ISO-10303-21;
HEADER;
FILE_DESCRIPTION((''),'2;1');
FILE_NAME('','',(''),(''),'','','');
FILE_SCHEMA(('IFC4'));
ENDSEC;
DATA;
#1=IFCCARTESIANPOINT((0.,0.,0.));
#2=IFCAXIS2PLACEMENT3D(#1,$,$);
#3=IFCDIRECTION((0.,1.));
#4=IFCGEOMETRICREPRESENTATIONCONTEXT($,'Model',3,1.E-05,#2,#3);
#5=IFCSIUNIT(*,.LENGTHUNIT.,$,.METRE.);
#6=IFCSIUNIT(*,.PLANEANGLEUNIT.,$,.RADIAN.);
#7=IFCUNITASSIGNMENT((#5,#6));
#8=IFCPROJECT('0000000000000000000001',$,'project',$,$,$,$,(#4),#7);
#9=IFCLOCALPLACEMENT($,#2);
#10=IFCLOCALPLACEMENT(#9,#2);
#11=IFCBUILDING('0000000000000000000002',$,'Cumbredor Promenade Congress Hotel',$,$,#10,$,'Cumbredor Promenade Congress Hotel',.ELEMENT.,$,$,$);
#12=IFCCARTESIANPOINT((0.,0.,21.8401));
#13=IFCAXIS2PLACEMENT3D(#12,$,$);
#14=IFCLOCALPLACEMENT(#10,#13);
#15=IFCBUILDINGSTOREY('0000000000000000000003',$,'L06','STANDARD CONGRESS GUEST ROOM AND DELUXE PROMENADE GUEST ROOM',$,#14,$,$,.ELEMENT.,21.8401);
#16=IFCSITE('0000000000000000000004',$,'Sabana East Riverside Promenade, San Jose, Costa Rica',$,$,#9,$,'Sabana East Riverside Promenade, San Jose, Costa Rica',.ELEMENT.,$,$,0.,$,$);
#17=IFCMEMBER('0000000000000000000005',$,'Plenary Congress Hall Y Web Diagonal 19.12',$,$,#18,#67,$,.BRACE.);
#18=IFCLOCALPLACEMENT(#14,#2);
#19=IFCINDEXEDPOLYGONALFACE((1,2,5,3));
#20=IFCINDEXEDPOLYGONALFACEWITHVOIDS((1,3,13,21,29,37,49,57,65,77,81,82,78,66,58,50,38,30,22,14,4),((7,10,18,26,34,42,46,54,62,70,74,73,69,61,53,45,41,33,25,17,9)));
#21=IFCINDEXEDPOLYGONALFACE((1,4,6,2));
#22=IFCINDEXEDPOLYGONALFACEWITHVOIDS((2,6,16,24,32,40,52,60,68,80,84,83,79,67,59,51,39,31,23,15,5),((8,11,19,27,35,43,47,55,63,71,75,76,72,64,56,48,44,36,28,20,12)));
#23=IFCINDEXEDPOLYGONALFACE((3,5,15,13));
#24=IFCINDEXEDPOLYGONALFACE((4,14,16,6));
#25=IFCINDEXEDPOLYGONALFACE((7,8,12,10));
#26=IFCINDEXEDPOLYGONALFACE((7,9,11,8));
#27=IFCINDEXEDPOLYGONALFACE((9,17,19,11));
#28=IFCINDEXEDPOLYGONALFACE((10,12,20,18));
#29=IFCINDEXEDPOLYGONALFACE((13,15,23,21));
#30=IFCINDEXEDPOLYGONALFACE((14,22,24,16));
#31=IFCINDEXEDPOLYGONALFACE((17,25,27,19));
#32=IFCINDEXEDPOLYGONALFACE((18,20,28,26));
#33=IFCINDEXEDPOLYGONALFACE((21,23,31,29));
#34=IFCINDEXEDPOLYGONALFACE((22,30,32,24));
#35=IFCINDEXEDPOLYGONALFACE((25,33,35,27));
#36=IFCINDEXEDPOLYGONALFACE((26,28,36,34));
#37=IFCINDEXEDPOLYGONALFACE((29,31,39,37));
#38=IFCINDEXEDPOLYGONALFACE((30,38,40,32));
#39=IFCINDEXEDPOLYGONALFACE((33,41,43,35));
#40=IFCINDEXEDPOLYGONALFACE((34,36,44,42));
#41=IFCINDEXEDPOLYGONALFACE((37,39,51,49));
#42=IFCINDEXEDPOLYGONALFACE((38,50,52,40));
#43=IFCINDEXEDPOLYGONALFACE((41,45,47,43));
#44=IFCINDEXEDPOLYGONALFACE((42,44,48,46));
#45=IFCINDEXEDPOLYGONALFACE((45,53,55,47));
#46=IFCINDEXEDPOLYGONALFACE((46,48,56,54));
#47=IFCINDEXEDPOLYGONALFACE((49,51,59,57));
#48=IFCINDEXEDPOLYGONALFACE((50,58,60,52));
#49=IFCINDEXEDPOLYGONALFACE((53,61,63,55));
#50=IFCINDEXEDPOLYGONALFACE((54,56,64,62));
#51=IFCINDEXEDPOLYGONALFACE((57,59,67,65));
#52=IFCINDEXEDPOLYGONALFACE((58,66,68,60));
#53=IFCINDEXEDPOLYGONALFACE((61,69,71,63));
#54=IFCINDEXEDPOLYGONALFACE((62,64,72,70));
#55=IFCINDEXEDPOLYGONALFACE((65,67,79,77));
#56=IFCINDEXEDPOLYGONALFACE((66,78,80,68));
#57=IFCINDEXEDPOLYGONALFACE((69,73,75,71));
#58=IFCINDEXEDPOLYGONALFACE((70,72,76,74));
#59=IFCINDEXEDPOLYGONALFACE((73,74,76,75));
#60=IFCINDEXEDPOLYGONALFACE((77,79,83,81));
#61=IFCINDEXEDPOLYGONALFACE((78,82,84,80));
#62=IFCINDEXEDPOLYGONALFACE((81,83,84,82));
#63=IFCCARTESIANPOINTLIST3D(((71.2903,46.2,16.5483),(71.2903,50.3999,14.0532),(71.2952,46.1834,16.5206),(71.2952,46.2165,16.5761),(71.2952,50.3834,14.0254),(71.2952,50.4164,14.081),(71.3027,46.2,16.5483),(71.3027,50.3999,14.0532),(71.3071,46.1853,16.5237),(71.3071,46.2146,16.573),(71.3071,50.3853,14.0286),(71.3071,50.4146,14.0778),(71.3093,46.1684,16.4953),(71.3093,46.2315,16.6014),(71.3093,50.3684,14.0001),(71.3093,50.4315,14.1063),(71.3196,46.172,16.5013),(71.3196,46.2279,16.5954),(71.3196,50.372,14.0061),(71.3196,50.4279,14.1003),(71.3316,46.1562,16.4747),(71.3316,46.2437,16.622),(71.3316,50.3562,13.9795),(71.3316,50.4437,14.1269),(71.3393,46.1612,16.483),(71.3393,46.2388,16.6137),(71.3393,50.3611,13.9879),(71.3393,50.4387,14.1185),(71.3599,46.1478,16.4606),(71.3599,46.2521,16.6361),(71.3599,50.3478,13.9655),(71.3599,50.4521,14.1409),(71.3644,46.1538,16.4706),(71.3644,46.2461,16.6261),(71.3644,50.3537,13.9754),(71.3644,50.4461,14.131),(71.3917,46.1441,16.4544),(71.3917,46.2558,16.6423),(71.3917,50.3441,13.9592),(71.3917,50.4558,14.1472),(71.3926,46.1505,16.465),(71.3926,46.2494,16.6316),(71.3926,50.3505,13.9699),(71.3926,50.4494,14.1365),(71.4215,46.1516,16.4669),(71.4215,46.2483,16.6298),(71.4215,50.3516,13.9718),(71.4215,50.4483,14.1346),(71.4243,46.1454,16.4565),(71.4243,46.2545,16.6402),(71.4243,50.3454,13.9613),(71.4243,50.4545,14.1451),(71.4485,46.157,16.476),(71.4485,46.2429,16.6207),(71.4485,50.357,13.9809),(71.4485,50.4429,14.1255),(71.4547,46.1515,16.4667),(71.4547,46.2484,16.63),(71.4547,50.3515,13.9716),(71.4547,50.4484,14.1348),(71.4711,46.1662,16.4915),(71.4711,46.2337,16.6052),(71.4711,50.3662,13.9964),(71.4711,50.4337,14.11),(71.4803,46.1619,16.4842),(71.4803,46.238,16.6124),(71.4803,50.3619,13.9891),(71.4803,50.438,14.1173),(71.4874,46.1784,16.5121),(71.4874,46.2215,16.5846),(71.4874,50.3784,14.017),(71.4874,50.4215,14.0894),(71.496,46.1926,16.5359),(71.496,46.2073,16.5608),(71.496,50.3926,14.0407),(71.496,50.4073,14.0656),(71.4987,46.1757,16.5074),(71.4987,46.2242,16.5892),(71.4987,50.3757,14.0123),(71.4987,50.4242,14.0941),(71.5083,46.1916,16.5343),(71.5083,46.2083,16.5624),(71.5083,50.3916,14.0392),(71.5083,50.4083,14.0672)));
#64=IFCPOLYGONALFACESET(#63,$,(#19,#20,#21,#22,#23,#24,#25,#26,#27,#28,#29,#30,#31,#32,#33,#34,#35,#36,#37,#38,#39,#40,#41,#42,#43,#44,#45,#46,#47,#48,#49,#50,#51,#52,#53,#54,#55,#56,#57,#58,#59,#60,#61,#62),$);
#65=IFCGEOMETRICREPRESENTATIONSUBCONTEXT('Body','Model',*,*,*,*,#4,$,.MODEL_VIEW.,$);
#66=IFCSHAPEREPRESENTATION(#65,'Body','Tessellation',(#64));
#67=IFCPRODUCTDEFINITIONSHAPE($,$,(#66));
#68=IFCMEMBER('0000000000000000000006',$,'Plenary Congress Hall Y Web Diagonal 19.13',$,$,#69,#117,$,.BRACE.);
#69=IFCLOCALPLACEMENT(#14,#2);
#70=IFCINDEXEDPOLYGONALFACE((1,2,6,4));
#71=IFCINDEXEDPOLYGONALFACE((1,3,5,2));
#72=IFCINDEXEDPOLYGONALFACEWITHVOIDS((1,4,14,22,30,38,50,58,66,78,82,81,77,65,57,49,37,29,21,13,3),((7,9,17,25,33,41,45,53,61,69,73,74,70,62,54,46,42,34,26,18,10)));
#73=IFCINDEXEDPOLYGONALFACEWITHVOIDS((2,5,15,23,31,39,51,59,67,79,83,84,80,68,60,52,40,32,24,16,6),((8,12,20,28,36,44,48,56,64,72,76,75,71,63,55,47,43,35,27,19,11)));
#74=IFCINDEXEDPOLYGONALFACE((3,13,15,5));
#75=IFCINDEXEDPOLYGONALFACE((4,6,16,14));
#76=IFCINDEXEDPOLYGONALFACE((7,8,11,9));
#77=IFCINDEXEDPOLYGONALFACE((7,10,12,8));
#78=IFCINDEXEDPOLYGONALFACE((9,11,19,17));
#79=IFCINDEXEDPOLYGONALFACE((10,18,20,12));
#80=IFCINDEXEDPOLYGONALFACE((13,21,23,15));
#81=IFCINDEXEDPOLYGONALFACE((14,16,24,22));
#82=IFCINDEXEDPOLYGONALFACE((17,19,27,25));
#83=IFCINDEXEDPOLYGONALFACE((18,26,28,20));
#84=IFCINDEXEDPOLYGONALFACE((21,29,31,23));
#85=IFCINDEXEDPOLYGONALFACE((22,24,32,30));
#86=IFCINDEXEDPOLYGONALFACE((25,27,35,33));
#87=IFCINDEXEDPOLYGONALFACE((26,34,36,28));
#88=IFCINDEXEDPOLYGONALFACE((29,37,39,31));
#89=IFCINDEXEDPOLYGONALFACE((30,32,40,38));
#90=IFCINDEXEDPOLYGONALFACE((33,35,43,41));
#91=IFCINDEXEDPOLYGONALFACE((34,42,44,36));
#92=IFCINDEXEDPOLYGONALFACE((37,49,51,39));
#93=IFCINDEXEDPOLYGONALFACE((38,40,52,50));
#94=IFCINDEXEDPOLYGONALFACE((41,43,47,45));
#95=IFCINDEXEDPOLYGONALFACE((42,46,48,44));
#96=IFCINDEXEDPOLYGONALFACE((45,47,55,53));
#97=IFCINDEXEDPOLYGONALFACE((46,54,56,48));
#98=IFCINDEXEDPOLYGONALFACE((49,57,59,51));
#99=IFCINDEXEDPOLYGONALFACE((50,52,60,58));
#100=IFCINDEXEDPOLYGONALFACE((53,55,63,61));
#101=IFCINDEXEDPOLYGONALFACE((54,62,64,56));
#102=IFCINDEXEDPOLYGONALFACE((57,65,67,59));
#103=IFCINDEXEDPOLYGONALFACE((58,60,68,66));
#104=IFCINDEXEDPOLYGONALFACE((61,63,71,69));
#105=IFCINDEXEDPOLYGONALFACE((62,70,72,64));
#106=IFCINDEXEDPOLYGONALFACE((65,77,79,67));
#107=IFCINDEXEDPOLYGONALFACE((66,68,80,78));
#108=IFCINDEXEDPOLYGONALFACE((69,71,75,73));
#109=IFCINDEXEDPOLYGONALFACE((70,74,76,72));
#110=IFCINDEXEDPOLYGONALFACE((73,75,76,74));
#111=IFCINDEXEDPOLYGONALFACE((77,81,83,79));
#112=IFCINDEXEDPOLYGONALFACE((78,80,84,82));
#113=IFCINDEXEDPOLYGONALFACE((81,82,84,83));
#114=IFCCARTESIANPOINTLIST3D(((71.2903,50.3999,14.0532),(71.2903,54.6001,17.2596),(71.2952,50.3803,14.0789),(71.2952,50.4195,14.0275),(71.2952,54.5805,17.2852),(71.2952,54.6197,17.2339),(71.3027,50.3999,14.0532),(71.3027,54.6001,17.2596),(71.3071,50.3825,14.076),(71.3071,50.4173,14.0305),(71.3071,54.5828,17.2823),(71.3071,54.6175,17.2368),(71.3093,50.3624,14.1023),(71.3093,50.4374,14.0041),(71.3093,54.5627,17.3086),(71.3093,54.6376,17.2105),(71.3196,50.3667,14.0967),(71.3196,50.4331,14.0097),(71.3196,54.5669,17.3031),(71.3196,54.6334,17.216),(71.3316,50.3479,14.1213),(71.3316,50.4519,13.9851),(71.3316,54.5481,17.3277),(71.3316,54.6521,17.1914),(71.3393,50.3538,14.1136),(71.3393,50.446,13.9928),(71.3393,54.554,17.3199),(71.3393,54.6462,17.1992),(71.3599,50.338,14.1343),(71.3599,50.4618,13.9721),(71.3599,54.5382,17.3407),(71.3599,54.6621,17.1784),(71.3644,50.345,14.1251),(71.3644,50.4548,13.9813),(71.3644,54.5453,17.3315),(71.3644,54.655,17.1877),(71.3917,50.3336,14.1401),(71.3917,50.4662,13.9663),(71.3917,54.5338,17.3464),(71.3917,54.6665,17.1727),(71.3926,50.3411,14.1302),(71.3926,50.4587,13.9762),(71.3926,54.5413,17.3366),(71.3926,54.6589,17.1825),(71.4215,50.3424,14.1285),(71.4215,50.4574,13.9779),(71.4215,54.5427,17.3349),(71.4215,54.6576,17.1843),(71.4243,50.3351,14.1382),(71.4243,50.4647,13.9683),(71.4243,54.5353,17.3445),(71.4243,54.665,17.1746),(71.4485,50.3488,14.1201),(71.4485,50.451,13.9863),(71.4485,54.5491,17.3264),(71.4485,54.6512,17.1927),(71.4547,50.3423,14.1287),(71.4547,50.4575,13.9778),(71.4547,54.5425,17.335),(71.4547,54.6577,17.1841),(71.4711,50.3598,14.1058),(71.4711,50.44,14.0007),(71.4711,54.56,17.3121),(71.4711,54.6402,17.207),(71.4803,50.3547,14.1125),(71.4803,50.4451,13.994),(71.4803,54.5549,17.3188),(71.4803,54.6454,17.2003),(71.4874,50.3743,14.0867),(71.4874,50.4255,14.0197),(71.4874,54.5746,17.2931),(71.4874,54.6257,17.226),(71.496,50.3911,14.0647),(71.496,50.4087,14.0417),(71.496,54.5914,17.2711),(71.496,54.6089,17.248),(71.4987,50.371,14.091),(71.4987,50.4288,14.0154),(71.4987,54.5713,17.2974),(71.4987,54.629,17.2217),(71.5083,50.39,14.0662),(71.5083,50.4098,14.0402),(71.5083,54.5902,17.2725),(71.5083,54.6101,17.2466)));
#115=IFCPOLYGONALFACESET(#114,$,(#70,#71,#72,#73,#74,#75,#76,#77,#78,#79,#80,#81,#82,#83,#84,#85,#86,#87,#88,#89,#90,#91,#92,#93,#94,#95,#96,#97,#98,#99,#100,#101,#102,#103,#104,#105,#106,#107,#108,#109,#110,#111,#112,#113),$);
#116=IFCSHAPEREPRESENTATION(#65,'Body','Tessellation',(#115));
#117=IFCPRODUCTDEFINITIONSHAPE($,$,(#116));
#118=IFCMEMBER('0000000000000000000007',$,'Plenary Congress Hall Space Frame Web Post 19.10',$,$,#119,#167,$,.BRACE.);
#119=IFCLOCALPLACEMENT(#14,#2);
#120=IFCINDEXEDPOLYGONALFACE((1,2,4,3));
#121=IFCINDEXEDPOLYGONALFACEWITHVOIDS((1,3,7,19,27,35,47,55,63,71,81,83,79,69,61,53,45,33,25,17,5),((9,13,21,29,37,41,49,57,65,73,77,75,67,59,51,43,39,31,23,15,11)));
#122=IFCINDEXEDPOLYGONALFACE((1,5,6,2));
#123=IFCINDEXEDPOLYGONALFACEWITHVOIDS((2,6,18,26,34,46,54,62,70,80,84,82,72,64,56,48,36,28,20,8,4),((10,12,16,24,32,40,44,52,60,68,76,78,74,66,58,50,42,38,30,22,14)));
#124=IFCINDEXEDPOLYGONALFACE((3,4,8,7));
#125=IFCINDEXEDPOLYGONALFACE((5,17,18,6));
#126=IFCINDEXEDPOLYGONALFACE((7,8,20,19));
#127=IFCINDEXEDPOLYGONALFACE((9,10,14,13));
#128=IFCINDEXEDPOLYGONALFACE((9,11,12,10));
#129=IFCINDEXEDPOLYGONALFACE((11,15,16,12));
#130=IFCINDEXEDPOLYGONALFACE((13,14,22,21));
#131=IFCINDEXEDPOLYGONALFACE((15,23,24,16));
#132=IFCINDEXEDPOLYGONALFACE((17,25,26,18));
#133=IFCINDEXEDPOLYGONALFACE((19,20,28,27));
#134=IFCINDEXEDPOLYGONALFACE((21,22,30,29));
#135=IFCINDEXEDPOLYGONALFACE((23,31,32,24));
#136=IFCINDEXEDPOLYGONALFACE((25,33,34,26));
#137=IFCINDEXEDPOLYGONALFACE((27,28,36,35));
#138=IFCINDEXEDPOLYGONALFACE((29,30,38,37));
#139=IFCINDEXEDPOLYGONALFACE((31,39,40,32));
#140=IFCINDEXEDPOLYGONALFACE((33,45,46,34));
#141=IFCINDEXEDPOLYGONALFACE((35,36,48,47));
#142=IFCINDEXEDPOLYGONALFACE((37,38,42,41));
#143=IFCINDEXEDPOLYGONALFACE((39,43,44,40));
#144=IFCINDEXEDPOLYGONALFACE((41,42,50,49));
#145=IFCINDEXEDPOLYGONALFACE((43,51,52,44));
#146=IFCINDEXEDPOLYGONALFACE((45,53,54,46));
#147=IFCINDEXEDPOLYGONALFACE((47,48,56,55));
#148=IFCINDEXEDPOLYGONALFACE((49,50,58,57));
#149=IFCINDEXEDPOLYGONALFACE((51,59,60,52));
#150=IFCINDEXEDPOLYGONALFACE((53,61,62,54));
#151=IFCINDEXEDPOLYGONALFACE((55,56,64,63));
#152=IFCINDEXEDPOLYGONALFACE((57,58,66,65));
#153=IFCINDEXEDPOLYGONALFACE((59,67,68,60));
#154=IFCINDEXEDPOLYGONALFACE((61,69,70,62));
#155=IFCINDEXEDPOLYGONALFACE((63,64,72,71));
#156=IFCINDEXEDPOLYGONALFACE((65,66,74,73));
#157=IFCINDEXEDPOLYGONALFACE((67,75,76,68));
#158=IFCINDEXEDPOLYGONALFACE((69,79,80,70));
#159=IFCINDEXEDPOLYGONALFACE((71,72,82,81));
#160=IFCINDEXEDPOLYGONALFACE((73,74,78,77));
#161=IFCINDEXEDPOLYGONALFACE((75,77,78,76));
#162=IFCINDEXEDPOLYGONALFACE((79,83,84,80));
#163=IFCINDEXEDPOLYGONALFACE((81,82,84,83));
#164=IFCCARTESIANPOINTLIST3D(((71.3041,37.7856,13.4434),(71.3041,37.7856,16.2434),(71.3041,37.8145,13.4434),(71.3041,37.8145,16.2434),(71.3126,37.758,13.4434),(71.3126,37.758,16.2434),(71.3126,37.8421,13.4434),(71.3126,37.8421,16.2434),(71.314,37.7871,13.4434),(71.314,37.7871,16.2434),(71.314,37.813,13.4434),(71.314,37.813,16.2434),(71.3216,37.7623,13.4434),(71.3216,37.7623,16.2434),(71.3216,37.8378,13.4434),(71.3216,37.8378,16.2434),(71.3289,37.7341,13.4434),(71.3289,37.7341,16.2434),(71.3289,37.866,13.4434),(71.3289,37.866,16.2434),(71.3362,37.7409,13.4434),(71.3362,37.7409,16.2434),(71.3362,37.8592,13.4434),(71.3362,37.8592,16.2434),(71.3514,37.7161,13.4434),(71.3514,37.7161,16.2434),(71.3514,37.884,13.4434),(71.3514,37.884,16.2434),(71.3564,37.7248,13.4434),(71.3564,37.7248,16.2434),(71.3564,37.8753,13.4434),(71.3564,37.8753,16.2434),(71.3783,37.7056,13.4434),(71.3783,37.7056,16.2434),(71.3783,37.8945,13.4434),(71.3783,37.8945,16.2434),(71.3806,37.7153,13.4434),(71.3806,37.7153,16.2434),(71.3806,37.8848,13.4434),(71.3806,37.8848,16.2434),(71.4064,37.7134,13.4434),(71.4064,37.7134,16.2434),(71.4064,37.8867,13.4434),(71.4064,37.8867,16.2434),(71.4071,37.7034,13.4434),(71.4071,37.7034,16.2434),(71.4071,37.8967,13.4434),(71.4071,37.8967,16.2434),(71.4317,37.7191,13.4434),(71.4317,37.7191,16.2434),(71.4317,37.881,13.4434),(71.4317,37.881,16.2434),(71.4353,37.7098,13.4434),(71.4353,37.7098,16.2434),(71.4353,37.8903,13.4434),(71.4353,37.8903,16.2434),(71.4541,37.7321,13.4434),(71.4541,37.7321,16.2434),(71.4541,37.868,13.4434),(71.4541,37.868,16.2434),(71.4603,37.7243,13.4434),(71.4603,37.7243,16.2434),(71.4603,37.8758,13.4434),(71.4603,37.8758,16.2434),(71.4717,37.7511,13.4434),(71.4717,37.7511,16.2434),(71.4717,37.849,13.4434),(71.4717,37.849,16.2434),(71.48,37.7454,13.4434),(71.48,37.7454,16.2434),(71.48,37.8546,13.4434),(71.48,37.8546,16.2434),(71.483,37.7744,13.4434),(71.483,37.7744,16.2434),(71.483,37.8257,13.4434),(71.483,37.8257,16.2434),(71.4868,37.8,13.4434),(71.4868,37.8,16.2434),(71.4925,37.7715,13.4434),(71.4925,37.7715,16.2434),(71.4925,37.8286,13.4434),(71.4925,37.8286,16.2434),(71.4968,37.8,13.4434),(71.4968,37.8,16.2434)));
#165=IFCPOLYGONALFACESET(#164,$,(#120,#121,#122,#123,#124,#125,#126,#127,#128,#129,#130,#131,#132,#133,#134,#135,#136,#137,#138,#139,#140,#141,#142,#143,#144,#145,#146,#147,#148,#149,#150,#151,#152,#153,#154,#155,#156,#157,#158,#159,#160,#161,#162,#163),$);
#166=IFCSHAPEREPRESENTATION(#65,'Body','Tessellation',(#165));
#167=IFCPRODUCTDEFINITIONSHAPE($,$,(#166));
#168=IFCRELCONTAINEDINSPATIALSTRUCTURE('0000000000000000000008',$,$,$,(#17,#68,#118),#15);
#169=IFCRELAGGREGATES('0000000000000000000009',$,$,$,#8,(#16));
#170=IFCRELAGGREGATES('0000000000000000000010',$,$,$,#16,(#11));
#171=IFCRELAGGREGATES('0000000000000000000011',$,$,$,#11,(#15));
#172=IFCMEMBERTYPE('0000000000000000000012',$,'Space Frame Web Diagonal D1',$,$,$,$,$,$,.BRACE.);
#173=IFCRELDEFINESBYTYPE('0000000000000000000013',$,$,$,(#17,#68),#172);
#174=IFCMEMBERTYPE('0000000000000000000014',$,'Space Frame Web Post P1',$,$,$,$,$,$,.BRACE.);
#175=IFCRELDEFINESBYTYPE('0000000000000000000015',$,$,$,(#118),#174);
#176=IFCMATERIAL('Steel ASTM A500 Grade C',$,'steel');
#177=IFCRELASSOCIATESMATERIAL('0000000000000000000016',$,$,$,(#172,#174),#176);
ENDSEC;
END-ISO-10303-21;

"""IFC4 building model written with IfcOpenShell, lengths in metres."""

from ifc_helpers import new_model, si_unit, direction, frame, origin, origin_2d, place, context, subcontext, project, spatial, hollow_circle, extrude, material, material_profile, profile_set, type_object, element, save


model = new_model("IFC4")

# Units and contexts
model_context = context("Model", 3, precision=1e-05, world=origin(), true_north=direction((0.0, 1.0)))
body_context = subcontext(model_context, "Body", "Model", "MODEL_VIEW")
ifc_project = project(units=[si_unit("LENGTHUNIT", "METRE"), si_unit("PLANEANGLEUNIT", "RADIAN")], contexts=[model_context])

# Site, building, storey
site_placement = place(None, origin())
site = spatial("IfcSite", under=ifc_project, at=site_placement, Name="Sabana East Riverside Promenade, San Jose, Costa Rica", LongName="Sabana East Riverside Promenade, San Jose, Costa Rica", CompositionType="ELEMENT", RefElevation=0.0)
building_placement = place(site_placement, origin())
building = spatial("IfcBuilding", under=site, at=building_placement, Name="Cumbredor Promenade Congress Hotel", LongName="Cumbredor Promenade Congress Hotel", CompositionType="ELEMENT")
storey_placement = place(building_placement, frame((0.0, 0.0, 21.8401)))
storey = spatial("IfcBuildingStorey", under=building, at=storey_placement, Name="L06", Description="STANDARD CONGRESS GUEST ROOM AND DELUXE PROMENADE GUEST ROOM", CompositionType="ELEMENT", Elevation=21.8401)

# Members
ifc_material_1 = material(Name="Steel ASTM A500 Grade C", Category="steel")
ifc_material_profile_1 = material_profile(ifc_material_1, hollow_circle(Radius=0.1096, WallThickness=0.0125, at=origin_2d()), Name="CHS 219.1x12.5")
ifc_profile_set_1 = profile_set([ifc_material_profile_1], Name="Steel ASTM A500 Grade C")
member_type_1 = type_object("IfcMemberType", Name="Space Frame Web Diagonal D1", PredefinedType="BRACE", material=ifc_profile_set_1)
member_1_placement = place(storey_placement, frame((71.3999, 46.2, 16.5483), z_axis=(0.0, 0.859729, -0.51075), x_axis=(-1.0, 0.0, 0.0)))
element("IfcMember", 1, at=member_1_placement, inside=storey, type_object=member_type_1, Name="Plenary Congress Hall Y Web Diagonal 19.12", PredefinedType="BRACE", context=body_context, shape_type="SweptSolid", body=[
    extrude(hollow_circle(Radius=0.1096, WallThickness=0.0125, at=origin_2d()), origin(), (0.0, 0.0, 1.0), 4.8853),
])
member_2_placement = place(storey_placement, frame((71.3999, 50.3999, 14.0532), z_axis=(0.0, 0.79487, 0.606779), x_axis=(-1.0, 0.0, 0.0)))
element("IfcMember", 2, at=member_2_placement, inside=storey, type_object=member_type_1, Name="Plenary Congress Hall Y Web Diagonal 19.13", PredefinedType="BRACE", context=body_context, shape_type="SweptSolid", body=[
    extrude(hollow_circle(Radius=0.1096, WallThickness=0.0125, at=origin_2d()), origin(), (0.0, 0.0, 1.0), 5.2842),
])
ifc_material_profile_2 = material_profile(ifc_material_1, hollow_circle(Radius=0.0969, WallThickness=0.01, at=origin_2d()), Name="CHS 193.7x10")
ifc_profile_set_2 = profile_set([ifc_material_profile_2], Name="Steel ASTM A500 Grade C")
member_type_2 = type_object("IfcMemberType", Name="Space Frame Web Post P1", PredefinedType="BRACE", material=ifc_profile_set_2)
for number, where, z_axis, x_axis, name in (
    (3, (71.3999, 37.8, 13.4434), (0.0, 0.0, 1.0), (1.0, 0.0, 0.0), "Plenary Congress Hall Space Frame Web Post 19.10"),
):
    element("IfcMember", number, at=place(storey_placement, frame(where, z_axis=z_axis, x_axis=x_axis)), inside=storey, type_object=member_type_2, Name=name, PredefinedType="BRACE", context=body_context, shape_type="SweptSolid", body=[
        extrude(hollow_circle(Radius=0.0969, WallThickness=0.01, at=origin_2d()), origin(), (0.0, 0.0, 1.0), 2.8),
    ])

save(model, "model.ifc")
